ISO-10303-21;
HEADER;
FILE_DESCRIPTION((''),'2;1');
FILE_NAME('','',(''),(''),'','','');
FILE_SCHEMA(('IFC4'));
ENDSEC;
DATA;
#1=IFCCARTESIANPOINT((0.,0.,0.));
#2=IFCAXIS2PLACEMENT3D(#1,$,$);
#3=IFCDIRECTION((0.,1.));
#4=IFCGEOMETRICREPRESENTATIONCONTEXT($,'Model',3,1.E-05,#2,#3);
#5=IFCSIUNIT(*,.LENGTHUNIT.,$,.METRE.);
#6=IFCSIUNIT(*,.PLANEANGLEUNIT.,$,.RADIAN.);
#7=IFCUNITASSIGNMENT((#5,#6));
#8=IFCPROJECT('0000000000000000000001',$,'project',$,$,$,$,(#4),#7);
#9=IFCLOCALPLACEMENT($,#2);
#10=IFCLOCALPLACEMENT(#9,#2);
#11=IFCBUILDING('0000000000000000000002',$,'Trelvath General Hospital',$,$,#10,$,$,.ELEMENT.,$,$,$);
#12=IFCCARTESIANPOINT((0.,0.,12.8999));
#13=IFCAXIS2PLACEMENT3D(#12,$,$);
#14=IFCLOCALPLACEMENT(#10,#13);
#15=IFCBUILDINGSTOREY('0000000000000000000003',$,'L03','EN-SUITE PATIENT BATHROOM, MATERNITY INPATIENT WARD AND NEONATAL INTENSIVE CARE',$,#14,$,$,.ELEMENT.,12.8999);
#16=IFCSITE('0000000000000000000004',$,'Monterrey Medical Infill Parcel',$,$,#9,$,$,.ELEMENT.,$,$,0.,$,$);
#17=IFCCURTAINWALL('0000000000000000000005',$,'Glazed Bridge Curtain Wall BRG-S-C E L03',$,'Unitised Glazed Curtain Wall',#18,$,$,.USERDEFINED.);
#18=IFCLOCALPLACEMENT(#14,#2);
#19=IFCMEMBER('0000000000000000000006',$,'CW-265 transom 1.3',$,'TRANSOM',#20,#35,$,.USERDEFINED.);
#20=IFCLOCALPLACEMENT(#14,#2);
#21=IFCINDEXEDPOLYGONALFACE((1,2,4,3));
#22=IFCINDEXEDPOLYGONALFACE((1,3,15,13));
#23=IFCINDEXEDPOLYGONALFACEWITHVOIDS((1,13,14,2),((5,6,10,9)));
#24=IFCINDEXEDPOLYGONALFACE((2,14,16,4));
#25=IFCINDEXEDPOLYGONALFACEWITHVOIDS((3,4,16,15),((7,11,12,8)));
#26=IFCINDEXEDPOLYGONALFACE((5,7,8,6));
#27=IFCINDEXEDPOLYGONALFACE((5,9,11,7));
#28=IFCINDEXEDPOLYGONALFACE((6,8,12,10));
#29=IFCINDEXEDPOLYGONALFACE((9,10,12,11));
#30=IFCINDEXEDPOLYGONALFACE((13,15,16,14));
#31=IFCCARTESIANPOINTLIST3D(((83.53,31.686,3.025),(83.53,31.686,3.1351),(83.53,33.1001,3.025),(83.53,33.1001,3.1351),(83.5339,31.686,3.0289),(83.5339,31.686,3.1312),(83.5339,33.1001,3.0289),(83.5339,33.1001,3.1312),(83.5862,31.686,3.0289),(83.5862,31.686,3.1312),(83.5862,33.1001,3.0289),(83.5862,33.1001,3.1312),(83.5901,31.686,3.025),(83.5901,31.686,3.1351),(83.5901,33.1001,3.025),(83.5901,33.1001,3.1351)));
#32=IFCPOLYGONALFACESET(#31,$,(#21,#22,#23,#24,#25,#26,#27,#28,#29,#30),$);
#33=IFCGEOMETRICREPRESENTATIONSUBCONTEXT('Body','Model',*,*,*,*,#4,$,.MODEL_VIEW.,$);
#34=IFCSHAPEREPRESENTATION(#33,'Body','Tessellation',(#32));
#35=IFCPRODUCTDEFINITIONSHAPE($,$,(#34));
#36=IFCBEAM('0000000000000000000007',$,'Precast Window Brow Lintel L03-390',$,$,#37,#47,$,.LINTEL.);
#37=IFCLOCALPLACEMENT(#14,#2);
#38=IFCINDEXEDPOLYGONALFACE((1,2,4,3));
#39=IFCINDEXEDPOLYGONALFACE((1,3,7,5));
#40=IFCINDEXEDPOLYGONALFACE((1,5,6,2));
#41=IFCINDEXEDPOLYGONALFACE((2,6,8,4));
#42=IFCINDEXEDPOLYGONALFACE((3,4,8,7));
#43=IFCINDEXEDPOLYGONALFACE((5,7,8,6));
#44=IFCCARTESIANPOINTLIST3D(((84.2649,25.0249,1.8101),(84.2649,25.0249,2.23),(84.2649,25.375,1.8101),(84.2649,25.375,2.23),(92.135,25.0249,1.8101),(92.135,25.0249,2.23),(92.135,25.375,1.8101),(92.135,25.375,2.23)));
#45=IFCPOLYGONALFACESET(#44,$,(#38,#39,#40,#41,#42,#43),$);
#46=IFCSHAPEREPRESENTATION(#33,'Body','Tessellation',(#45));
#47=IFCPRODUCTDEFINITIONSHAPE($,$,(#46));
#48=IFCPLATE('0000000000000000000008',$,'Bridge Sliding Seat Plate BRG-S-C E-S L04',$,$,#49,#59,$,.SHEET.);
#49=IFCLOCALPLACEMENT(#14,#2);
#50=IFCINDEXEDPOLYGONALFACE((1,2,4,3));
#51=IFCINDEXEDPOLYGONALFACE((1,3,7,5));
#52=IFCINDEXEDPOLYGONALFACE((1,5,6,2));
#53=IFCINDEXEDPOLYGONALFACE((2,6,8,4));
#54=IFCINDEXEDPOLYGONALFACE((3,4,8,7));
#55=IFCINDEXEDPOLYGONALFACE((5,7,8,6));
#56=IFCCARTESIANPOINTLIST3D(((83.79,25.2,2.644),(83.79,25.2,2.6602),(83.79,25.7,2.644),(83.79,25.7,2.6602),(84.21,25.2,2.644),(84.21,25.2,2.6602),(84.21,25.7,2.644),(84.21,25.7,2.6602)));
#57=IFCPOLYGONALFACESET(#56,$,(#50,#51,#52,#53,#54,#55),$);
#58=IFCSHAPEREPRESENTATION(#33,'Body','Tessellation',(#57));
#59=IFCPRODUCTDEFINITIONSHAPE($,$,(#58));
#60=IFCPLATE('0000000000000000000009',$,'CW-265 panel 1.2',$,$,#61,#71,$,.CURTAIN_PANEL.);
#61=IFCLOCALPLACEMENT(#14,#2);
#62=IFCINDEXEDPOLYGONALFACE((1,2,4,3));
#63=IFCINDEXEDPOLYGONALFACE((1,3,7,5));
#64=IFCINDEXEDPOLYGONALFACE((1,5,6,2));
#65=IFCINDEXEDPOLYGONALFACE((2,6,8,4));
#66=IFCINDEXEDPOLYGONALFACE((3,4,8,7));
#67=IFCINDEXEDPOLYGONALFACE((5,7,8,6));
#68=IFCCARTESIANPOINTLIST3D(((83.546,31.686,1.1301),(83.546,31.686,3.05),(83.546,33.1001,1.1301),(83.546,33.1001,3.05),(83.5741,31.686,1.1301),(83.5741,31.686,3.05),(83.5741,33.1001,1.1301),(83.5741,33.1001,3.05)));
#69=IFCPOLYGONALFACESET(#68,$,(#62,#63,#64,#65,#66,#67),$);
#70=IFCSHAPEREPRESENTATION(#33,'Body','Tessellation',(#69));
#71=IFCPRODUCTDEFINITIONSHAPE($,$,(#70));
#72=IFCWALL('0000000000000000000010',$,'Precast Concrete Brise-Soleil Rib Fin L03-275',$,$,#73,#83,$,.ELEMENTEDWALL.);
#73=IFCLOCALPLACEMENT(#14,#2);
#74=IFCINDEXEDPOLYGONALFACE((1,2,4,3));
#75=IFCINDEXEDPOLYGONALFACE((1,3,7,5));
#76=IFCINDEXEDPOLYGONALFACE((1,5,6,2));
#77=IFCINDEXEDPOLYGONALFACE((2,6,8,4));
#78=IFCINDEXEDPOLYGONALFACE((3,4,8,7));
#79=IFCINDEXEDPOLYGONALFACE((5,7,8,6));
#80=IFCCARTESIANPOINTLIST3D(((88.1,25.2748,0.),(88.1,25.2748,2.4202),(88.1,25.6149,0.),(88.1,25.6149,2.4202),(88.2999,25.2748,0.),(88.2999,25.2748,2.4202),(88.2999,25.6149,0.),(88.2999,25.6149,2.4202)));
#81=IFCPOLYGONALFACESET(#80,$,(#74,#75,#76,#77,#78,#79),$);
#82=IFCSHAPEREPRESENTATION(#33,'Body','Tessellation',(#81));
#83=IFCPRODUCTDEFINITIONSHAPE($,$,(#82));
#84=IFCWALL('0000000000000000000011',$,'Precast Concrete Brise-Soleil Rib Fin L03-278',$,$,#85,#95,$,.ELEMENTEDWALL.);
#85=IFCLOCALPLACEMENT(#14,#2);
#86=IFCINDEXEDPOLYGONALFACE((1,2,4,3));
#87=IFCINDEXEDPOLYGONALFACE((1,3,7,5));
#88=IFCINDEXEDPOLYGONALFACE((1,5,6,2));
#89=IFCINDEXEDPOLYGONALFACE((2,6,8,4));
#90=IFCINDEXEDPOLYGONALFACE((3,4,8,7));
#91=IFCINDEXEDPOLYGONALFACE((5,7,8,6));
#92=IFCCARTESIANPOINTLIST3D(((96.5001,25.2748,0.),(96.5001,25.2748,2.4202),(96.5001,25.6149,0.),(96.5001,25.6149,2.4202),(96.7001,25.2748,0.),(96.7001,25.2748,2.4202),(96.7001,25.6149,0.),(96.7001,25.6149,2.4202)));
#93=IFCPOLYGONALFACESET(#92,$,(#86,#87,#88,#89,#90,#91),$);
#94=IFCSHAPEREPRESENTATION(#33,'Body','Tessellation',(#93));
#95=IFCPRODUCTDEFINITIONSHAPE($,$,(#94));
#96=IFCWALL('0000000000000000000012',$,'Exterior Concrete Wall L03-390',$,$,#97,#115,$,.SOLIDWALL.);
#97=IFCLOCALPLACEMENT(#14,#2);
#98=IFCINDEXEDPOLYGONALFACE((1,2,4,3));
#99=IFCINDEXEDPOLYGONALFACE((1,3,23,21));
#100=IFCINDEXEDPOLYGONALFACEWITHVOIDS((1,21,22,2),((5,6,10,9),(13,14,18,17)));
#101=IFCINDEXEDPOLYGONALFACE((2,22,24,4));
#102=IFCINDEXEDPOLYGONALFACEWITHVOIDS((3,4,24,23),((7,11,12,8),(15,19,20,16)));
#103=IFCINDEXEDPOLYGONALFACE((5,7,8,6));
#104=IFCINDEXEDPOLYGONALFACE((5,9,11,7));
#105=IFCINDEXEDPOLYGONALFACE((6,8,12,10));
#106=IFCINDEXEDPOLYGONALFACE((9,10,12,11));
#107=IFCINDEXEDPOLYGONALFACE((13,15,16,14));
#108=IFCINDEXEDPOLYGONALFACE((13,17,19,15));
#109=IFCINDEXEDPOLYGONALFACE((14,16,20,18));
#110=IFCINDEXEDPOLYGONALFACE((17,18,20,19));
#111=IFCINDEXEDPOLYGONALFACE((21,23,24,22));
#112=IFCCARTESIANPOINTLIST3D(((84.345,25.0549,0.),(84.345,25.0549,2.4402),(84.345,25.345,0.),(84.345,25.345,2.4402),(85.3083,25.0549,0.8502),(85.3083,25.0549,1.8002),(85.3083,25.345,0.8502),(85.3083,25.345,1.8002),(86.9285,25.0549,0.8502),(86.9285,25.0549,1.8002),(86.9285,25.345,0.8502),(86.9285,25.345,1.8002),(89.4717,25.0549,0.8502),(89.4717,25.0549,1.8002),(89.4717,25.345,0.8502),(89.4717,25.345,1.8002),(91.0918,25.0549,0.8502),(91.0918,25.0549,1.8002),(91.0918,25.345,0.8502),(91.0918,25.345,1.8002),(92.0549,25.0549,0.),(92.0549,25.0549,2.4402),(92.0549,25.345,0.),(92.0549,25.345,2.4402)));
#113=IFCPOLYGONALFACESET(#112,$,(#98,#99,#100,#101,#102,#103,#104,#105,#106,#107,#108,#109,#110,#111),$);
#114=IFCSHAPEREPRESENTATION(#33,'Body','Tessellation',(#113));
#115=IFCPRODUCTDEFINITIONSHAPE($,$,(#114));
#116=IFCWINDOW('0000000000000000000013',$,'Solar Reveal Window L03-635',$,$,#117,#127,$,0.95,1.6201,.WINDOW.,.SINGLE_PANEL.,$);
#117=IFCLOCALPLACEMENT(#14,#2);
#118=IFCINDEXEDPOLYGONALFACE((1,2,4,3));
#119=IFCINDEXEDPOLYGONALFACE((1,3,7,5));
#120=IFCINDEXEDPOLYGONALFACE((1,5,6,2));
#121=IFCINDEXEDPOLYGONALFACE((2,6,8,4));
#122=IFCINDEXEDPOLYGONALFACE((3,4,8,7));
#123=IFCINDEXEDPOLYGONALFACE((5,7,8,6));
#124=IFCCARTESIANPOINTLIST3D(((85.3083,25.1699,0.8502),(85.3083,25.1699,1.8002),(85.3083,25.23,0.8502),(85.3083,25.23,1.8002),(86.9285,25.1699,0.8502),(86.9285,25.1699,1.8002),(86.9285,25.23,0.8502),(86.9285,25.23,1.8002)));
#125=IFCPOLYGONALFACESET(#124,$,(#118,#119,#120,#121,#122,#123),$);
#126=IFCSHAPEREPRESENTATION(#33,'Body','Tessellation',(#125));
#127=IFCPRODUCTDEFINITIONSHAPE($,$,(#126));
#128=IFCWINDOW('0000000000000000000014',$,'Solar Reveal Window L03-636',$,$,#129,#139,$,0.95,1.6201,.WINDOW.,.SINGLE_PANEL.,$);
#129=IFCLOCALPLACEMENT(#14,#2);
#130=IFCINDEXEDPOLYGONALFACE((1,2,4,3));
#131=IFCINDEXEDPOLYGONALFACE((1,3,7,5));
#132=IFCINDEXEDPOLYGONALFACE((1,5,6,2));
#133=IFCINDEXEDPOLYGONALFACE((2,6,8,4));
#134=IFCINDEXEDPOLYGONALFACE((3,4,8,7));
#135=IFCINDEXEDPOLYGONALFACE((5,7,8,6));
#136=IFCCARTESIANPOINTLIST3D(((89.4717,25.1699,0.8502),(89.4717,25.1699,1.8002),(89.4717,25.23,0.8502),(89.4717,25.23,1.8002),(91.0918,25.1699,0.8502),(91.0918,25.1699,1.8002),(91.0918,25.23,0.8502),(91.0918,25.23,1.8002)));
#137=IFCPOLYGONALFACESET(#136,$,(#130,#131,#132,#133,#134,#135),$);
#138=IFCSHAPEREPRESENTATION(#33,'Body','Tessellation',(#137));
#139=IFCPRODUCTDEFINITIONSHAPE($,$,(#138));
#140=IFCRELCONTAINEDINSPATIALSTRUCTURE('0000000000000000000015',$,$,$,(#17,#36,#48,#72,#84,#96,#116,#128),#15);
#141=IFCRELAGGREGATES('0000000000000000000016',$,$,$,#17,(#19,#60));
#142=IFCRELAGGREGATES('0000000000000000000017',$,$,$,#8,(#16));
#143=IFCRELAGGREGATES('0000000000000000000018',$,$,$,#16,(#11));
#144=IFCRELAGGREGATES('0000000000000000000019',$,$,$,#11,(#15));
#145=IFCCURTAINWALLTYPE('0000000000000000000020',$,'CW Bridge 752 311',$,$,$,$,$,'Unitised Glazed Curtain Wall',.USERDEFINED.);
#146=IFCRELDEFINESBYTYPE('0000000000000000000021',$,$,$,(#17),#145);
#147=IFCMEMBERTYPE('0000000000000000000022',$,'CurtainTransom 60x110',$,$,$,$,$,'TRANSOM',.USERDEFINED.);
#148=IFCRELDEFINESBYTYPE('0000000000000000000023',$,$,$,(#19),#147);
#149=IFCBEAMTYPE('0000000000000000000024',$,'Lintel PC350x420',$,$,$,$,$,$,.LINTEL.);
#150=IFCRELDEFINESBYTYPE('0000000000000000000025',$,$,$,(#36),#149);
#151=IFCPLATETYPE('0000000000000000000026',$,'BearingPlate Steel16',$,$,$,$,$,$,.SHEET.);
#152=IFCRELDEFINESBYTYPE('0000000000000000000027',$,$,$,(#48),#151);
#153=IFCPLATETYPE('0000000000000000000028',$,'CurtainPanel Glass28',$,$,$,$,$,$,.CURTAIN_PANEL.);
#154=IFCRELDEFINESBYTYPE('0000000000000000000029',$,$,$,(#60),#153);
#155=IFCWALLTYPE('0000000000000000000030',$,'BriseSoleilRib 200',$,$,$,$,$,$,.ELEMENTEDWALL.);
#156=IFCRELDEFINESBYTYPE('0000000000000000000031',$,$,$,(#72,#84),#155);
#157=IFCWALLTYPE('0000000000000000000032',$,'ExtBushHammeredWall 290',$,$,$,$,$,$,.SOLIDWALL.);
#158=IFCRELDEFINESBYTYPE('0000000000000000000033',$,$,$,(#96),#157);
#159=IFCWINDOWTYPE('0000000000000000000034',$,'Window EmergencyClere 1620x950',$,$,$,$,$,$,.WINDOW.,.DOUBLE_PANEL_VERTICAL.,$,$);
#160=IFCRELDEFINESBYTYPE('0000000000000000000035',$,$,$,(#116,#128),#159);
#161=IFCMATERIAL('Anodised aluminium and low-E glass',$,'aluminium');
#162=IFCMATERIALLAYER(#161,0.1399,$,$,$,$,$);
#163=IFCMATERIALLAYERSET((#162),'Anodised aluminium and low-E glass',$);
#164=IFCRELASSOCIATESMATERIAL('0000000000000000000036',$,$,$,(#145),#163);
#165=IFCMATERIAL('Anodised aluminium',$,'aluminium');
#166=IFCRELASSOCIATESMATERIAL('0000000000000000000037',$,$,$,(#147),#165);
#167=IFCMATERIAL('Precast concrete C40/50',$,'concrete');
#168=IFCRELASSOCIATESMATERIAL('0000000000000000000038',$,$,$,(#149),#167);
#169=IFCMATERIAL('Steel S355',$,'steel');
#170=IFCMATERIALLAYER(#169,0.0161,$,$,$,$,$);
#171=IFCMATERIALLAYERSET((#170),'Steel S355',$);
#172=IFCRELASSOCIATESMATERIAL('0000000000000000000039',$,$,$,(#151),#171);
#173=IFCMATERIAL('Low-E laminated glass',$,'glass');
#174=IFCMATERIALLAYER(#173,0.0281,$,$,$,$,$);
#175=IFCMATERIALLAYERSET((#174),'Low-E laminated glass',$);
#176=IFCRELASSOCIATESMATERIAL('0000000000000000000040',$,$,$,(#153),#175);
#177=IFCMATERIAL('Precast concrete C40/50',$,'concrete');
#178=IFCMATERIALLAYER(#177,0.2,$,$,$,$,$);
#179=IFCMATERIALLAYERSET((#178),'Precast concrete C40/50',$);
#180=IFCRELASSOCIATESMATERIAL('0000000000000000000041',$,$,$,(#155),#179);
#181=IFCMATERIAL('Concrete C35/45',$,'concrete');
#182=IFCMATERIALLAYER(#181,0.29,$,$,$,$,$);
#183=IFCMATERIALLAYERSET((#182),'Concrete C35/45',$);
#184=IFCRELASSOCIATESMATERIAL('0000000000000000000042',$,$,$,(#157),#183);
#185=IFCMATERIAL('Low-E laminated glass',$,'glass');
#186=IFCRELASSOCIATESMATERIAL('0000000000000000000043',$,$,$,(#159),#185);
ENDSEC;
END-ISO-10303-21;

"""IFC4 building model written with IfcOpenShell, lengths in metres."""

from ifc_helpers import new_model, si_unit, direction, frame, frame_2d, origin, origin_2d, place, context, subcontext, project, spatial, rectangle, hollow_rectangle, extrude, material, layer, layer_set, material_profile, profile_set, type_object, element, fill, aggregate, save


model = new_model("IFC4")

# Units and contexts
model_context = context("Model", 3, precision=1e-05, world=origin(), true_north=direction((0.0, 1.0)))
body_context = subcontext(model_context, "Body", "Model", "MODEL_VIEW")
ifc_project = project(units=[si_unit("LENGTHUNIT", "METRE"), si_unit("PLANEANGLEUNIT", "RADIAN")], contexts=[model_context])

# Site, building, storey
site_placement = place(None, origin())
site = spatial("IfcSite", under=ifc_project, at=site_placement, Name="Monterrey Medical Infill Parcel", CompositionType="ELEMENT", RefElevation=0.0)
building_placement = place(site_placement, origin())
building = spatial("IfcBuilding", under=site, at=building_placement, Name="Trelvath General Hospital", CompositionType="ELEMENT")
storey_placement = place(building_placement, frame((0.0, 0.0, 12.8999)))
storey = spatial("IfcBuildingStorey", under=building, at=storey_placement, Name="L03", Description="EN-SUITE PATIENT BATHROOM, MATERNITY INPATIENT WARD AND NEONATAL INTENSIVE CARE", CompositionType="ELEMENT", Elevation=12.8999)

# Curtain wall
ifc_material_1 = material(Name="Anodised aluminium and low-E glass", Category="aluminium")
ifc_layer_1 = layer(ifc_material_1, 0.1399)
ifc_layer_set_1 = layer_set([ifc_layer_1], Name="Anodised aluminium and low-E glass")
curtain_wall_type = type_object("IfcCurtainWallType", Name="CW Bridge 752 311", ElementType="Unitised Glazed Curtain Wall", PredefinedType="USERDEFINED", material=ifc_layer_set_1)
curtain_wall_1_placement = place(storey_placement, origin())
curtain_wall_1 = element("IfcCurtainWall", 1, at=curtain_wall_1_placement, inside=storey, type_object=curtain_wall_type, Name="Glazed Bridge Curtain Wall BRG-S-C E L03", ObjectType="Unitised Glazed Curtain Wall", PredefinedType="USERDEFINED")

# Member
ifc_material_2 = material(Name="Anodised aluminium", Category="aluminium")
ifc_material_profile_1 = material_profile(ifc_material_2, hollow_rectangle(XDim=0.0601, YDim=0.1101, WallThickness=0.0039, at=origin_2d()), Name="RHS60x110x4")
ifc_profile_set_1 = profile_set([ifc_material_profile_1], Name="Anodised aluminium")
member_type_1 = type_object("IfcMemberType", Name="CurtainTransom 60x110", ElementType="TRANSOM", PredefinedType="USERDEFINED", material=ifc_profile_set_1)
member_1_placement = place(storey_placement, frame((83.5601, 33.1001, 3.0801), z_axis=(0.0, -1.0, 0.0), x_axis=(1.0, 0.0, 0.0)))
member_1 = element("IfcMember", 2, at=member_1_placement, type_object=member_type_1, Name="CW-265 transom 1.3", ObjectType="TRANSOM", PredefinedType="USERDEFINED", context=body_context, shape_type="SweptSolid", body=[
    extrude(hollow_rectangle(XDim=0.0601, YDim=0.1101, WallThickness=0.0039, at=origin_2d()), origin(), (0.0, 0.0, 1.0), 1.4141),
])

# Beam
ifc_material_3 = material(Name="Precast concrete C40/50", Category="concrete")
ifc_material_profile_2 = material_profile(ifc_material_3, rectangle(XDim=0.3501, YDim=0.4199, at=origin_2d()), Name="PCL350x420")
ifc_profile_set_2 = profile_set([ifc_material_profile_2], Name="Precast concrete C40/50")
beam_type_1 = type_object("IfcBeamType", Name="Lintel PC350x420", PredefinedType="LINTEL", material=ifc_profile_set_2)
beam_1_placement = place(storey_placement, frame((84.2649, 25.2, 2.02), z_axis=(1.0, 0.0, 0.0), x_axis=(0.0, 1.0, 0.0)))
element("IfcBeam", 3, at=beam_1_placement, inside=storey, type_object=beam_type_1, Name="Precast Window Brow Lintel L03-390", PredefinedType="LINTEL", context=body_context, shape_type="SweptSolid", body=[
    extrude(rectangle(XDim=0.3501, YDim=0.4199, at=origin_2d()), origin(), (0.0, 0.0, 1.0), 7.8701),
])

# Plates
ifc_material_4 = material(Name="Steel S355", Category="steel")
ifc_layer_2 = layer(ifc_material_4, 0.0161)
ifc_layer_set_2 = layer_set([ifc_layer_2], Name="Steel S355")
plate_type_1 = type_object("IfcPlateType", Name="BearingPlate Steel16", PredefinedType="SHEET", material=ifc_layer_set_2)
plate_1_placement = place(storey_placement, frame((84.0, 25.45, 2.644), z_axis=(0.0, 0.0, 1.0), x_axis=(1.0, 0.0, 0.0)))
element("IfcPlate", 4, at=plate_1_placement, inside=storey, type_object=plate_type_1, Name="Bridge Sliding Seat Plate BRG-S-C E-S L04", PredefinedType="SHEET", context=body_context, shape_type="SweptSolid", body=[
    extrude(rectangle(XDim=0.4199, YDim=0.5, at=origin_2d()), origin(), (0.0, 0.0, 1.0), 0.0161),
])
ifc_material_5 = material(Name="Low-E laminated glass", Category="glass")
ifc_layer_3 = layer(ifc_material_5, 0.0281)
ifc_layer_set_3 = layer_set([ifc_layer_3], Name="Low-E laminated glass")
plate_type_2 = type_object("IfcPlateType", Name="CurtainPanel Glass28", PredefinedType="CURTAIN_PANEL", material=ifc_layer_set_3)
plate_2_placement = place(storey_placement, frame((83.5601, 32.3931, 1.1301), z_axis=(0.0, 0.0, 1.0), x_axis=(0.0, -1.0, 0.0)))
plate_2 = element("IfcPlate", 5, at=plate_2_placement, type_object=plate_type_2, Name="CW-265 panel 1.2", PredefinedType="CURTAIN_PANEL", context=body_context, shape_type="SweptSolid", body=[
    extrude(rectangle(XDim=1.4141, YDim=0.0281, at=origin_2d()), origin(), (0.0, 0.0, 1.0), 1.9199),
])
aggregate(curtain_wall_1, [member_1, plate_2])

# Walls
ifc_material_6 = material(Name="Precast concrete C40/50", Category="concrete")
ifc_layer_4 = layer(ifc_material_6, 0.2)
ifc_layer_set_4 = layer_set([ifc_layer_4], Name="Precast concrete C40/50")
wall_type_1 = type_object("IfcWallType", Name="BriseSoleilRib 200", PredefinedType="ELEMENTEDWALL", material=ifc_layer_set_4)
for number, where, z_axis, x_axis, name in (
    (6, (88.2, 25.2749, 0.0), (0.0, 0.0, 1.0), (0.0, 1.0, 0.0), "Precast Concrete Brise-Soleil Rib Fin L03-275"),
    (7, (96.6001, 25.2749, 0.0), (0.0, 0.0, 1.0), (0.0, 1.0, 0.0), "Precast Concrete Brise-Soleil Rib Fin L03-278"),
):
    element("IfcWall", number, at=place(storey_placement, frame(where, z_axis=z_axis, x_axis=x_axis)), inside=storey, type_object=wall_type_1, Name=name, PredefinedType="ELEMENTEDWALL", context=body_context, shape_type="SweptSolid", body=[
        extrude(rectangle(XDim=0.3401, YDim=0.2, at=frame_2d((0.1699, 0.0))), origin(), (0.0, 0.0, 1.0), 2.4202),
    ])

# Wall, openings, windows
ifc_material_7 = material(Name="Concrete C35/45", Category="concrete")
ifc_layer_5 = layer(ifc_material_7, 0.29)
ifc_layer_set_5 = layer_set([ifc_layer_5], Name="Concrete C35/45")
wall_type_2 = type_object("IfcWallType", Name="ExtBushHammeredWall 290", PredefinedType="SOLIDWALL", material=ifc_layer_set_5)
wall_1_placement = place(storey_placement, frame((84.345, 25.2, 0.0), z_axis=(0.0, 0.0, 1.0), x_axis=(1.0, 0.0, 0.0)))
wall_1 = element("IfcWall", 8, at=wall_1_placement, inside=storey, type_object=wall_type_2, Name="Exterior Concrete Wall L03-390", PredefinedType="SOLIDWALL", context=body_context, shape_type="SweptSolid", body=[
    extrude(rectangle(XDim=7.71, YDim=0.29, at=frame_2d((3.855, 0.0))), origin(), (0.0, 0.0, 1.0), 2.4402),
])
opening_1_placement = place(wall_1_placement, frame((0.9634, 0.0, 0.8501)))
opening_1 = element("IfcOpeningElement", 9, at=opening_1_placement, cuts=wall_1, PredefinedType="OPENING", context=body_context, shape_type="SweptSolid", body=[
    extrude(rectangle(XDim=1.6201, YDim=0.95, at=frame_2d((0.8101, 0.4751))), frame((0.0, 0.155, 0.0), z_axis=(0.0, -1.0, 0.0), x_axis=(1.0, 0.0, 0.0)), (0.0, 0.0, 1.0), 0.3101),
])
opening_2_placement = place(wall_1_placement, frame((5.1267, 0.0, 0.8501)))
opening_2 = element("IfcOpeningElement", 10, at=opening_2_placement, cuts=wall_1, PredefinedType="OPENING", context=body_context, shape_type="SweptSolid", body=[
    extrude(rectangle(XDim=1.6201, YDim=0.95, at=frame_2d((0.8101, 0.4751))), frame((0.0, 0.155, 0.0), z_axis=(0.0, -1.0, 0.0), x_axis=(1.0, 0.0, 0.0)), (0.0, 0.0, 1.0), 0.3101),
])
ifc_material_8 = material(Name="Low-E laminated glass", Category="glass")
window_type_1 = type_object("IfcWindowType", Name="Window EmergencyClere 1620x950", PartitioningType="DOUBLE_PANEL_VERTICAL", PredefinedType="WINDOW", material=ifc_material_8)
window_1_placement = place(opening_1_placement, origin())
window_1 = element("IfcWindow", 11, at=window_1_placement, inside=storey, type_object=window_type_1, Name="Solar Reveal Window L03-635", OverallHeight=0.95, OverallWidth=1.6201, PartitioningType="SINGLE_PANEL", PredefinedType="WINDOW", context=body_context, shape_type="SweptSolid", body=[
    extrude(rectangle(XDim=1.6201, YDim=0.95, at=frame_2d((0.8101, 0.4751))), frame((0.0, 0.03, 0.0), z_axis=(0.0, -1.0, 0.0), x_axis=(1.0, 0.0, 0.0)), (0.0, 0.0, 1.0), 0.0601),
])
fill(opening_1, window_1)
window_2_placement = place(opening_2_placement, origin())
window_2 = element("IfcWindow", 12, at=window_2_placement, inside=storey, type_object=window_type_1, Name="Solar Reveal Window L03-636", OverallHeight=0.95, OverallWidth=1.6201, PartitioningType="SINGLE_PANEL", PredefinedType="WINDOW", context=body_context, shape_type="SweptSolid", body=[
    extrude(rectangle(XDim=1.6201, YDim=0.95, at=frame_2d((0.8101, 0.4751))), frame((0.0, 0.03, 0.0), z_axis=(0.0, -1.0, 0.0), x_axis=(1.0, 0.0, 0.0)), (0.0, 0.0, 1.0), 0.0601),
])
fill(opening_2, window_2)

save(model, "model.ifc")
